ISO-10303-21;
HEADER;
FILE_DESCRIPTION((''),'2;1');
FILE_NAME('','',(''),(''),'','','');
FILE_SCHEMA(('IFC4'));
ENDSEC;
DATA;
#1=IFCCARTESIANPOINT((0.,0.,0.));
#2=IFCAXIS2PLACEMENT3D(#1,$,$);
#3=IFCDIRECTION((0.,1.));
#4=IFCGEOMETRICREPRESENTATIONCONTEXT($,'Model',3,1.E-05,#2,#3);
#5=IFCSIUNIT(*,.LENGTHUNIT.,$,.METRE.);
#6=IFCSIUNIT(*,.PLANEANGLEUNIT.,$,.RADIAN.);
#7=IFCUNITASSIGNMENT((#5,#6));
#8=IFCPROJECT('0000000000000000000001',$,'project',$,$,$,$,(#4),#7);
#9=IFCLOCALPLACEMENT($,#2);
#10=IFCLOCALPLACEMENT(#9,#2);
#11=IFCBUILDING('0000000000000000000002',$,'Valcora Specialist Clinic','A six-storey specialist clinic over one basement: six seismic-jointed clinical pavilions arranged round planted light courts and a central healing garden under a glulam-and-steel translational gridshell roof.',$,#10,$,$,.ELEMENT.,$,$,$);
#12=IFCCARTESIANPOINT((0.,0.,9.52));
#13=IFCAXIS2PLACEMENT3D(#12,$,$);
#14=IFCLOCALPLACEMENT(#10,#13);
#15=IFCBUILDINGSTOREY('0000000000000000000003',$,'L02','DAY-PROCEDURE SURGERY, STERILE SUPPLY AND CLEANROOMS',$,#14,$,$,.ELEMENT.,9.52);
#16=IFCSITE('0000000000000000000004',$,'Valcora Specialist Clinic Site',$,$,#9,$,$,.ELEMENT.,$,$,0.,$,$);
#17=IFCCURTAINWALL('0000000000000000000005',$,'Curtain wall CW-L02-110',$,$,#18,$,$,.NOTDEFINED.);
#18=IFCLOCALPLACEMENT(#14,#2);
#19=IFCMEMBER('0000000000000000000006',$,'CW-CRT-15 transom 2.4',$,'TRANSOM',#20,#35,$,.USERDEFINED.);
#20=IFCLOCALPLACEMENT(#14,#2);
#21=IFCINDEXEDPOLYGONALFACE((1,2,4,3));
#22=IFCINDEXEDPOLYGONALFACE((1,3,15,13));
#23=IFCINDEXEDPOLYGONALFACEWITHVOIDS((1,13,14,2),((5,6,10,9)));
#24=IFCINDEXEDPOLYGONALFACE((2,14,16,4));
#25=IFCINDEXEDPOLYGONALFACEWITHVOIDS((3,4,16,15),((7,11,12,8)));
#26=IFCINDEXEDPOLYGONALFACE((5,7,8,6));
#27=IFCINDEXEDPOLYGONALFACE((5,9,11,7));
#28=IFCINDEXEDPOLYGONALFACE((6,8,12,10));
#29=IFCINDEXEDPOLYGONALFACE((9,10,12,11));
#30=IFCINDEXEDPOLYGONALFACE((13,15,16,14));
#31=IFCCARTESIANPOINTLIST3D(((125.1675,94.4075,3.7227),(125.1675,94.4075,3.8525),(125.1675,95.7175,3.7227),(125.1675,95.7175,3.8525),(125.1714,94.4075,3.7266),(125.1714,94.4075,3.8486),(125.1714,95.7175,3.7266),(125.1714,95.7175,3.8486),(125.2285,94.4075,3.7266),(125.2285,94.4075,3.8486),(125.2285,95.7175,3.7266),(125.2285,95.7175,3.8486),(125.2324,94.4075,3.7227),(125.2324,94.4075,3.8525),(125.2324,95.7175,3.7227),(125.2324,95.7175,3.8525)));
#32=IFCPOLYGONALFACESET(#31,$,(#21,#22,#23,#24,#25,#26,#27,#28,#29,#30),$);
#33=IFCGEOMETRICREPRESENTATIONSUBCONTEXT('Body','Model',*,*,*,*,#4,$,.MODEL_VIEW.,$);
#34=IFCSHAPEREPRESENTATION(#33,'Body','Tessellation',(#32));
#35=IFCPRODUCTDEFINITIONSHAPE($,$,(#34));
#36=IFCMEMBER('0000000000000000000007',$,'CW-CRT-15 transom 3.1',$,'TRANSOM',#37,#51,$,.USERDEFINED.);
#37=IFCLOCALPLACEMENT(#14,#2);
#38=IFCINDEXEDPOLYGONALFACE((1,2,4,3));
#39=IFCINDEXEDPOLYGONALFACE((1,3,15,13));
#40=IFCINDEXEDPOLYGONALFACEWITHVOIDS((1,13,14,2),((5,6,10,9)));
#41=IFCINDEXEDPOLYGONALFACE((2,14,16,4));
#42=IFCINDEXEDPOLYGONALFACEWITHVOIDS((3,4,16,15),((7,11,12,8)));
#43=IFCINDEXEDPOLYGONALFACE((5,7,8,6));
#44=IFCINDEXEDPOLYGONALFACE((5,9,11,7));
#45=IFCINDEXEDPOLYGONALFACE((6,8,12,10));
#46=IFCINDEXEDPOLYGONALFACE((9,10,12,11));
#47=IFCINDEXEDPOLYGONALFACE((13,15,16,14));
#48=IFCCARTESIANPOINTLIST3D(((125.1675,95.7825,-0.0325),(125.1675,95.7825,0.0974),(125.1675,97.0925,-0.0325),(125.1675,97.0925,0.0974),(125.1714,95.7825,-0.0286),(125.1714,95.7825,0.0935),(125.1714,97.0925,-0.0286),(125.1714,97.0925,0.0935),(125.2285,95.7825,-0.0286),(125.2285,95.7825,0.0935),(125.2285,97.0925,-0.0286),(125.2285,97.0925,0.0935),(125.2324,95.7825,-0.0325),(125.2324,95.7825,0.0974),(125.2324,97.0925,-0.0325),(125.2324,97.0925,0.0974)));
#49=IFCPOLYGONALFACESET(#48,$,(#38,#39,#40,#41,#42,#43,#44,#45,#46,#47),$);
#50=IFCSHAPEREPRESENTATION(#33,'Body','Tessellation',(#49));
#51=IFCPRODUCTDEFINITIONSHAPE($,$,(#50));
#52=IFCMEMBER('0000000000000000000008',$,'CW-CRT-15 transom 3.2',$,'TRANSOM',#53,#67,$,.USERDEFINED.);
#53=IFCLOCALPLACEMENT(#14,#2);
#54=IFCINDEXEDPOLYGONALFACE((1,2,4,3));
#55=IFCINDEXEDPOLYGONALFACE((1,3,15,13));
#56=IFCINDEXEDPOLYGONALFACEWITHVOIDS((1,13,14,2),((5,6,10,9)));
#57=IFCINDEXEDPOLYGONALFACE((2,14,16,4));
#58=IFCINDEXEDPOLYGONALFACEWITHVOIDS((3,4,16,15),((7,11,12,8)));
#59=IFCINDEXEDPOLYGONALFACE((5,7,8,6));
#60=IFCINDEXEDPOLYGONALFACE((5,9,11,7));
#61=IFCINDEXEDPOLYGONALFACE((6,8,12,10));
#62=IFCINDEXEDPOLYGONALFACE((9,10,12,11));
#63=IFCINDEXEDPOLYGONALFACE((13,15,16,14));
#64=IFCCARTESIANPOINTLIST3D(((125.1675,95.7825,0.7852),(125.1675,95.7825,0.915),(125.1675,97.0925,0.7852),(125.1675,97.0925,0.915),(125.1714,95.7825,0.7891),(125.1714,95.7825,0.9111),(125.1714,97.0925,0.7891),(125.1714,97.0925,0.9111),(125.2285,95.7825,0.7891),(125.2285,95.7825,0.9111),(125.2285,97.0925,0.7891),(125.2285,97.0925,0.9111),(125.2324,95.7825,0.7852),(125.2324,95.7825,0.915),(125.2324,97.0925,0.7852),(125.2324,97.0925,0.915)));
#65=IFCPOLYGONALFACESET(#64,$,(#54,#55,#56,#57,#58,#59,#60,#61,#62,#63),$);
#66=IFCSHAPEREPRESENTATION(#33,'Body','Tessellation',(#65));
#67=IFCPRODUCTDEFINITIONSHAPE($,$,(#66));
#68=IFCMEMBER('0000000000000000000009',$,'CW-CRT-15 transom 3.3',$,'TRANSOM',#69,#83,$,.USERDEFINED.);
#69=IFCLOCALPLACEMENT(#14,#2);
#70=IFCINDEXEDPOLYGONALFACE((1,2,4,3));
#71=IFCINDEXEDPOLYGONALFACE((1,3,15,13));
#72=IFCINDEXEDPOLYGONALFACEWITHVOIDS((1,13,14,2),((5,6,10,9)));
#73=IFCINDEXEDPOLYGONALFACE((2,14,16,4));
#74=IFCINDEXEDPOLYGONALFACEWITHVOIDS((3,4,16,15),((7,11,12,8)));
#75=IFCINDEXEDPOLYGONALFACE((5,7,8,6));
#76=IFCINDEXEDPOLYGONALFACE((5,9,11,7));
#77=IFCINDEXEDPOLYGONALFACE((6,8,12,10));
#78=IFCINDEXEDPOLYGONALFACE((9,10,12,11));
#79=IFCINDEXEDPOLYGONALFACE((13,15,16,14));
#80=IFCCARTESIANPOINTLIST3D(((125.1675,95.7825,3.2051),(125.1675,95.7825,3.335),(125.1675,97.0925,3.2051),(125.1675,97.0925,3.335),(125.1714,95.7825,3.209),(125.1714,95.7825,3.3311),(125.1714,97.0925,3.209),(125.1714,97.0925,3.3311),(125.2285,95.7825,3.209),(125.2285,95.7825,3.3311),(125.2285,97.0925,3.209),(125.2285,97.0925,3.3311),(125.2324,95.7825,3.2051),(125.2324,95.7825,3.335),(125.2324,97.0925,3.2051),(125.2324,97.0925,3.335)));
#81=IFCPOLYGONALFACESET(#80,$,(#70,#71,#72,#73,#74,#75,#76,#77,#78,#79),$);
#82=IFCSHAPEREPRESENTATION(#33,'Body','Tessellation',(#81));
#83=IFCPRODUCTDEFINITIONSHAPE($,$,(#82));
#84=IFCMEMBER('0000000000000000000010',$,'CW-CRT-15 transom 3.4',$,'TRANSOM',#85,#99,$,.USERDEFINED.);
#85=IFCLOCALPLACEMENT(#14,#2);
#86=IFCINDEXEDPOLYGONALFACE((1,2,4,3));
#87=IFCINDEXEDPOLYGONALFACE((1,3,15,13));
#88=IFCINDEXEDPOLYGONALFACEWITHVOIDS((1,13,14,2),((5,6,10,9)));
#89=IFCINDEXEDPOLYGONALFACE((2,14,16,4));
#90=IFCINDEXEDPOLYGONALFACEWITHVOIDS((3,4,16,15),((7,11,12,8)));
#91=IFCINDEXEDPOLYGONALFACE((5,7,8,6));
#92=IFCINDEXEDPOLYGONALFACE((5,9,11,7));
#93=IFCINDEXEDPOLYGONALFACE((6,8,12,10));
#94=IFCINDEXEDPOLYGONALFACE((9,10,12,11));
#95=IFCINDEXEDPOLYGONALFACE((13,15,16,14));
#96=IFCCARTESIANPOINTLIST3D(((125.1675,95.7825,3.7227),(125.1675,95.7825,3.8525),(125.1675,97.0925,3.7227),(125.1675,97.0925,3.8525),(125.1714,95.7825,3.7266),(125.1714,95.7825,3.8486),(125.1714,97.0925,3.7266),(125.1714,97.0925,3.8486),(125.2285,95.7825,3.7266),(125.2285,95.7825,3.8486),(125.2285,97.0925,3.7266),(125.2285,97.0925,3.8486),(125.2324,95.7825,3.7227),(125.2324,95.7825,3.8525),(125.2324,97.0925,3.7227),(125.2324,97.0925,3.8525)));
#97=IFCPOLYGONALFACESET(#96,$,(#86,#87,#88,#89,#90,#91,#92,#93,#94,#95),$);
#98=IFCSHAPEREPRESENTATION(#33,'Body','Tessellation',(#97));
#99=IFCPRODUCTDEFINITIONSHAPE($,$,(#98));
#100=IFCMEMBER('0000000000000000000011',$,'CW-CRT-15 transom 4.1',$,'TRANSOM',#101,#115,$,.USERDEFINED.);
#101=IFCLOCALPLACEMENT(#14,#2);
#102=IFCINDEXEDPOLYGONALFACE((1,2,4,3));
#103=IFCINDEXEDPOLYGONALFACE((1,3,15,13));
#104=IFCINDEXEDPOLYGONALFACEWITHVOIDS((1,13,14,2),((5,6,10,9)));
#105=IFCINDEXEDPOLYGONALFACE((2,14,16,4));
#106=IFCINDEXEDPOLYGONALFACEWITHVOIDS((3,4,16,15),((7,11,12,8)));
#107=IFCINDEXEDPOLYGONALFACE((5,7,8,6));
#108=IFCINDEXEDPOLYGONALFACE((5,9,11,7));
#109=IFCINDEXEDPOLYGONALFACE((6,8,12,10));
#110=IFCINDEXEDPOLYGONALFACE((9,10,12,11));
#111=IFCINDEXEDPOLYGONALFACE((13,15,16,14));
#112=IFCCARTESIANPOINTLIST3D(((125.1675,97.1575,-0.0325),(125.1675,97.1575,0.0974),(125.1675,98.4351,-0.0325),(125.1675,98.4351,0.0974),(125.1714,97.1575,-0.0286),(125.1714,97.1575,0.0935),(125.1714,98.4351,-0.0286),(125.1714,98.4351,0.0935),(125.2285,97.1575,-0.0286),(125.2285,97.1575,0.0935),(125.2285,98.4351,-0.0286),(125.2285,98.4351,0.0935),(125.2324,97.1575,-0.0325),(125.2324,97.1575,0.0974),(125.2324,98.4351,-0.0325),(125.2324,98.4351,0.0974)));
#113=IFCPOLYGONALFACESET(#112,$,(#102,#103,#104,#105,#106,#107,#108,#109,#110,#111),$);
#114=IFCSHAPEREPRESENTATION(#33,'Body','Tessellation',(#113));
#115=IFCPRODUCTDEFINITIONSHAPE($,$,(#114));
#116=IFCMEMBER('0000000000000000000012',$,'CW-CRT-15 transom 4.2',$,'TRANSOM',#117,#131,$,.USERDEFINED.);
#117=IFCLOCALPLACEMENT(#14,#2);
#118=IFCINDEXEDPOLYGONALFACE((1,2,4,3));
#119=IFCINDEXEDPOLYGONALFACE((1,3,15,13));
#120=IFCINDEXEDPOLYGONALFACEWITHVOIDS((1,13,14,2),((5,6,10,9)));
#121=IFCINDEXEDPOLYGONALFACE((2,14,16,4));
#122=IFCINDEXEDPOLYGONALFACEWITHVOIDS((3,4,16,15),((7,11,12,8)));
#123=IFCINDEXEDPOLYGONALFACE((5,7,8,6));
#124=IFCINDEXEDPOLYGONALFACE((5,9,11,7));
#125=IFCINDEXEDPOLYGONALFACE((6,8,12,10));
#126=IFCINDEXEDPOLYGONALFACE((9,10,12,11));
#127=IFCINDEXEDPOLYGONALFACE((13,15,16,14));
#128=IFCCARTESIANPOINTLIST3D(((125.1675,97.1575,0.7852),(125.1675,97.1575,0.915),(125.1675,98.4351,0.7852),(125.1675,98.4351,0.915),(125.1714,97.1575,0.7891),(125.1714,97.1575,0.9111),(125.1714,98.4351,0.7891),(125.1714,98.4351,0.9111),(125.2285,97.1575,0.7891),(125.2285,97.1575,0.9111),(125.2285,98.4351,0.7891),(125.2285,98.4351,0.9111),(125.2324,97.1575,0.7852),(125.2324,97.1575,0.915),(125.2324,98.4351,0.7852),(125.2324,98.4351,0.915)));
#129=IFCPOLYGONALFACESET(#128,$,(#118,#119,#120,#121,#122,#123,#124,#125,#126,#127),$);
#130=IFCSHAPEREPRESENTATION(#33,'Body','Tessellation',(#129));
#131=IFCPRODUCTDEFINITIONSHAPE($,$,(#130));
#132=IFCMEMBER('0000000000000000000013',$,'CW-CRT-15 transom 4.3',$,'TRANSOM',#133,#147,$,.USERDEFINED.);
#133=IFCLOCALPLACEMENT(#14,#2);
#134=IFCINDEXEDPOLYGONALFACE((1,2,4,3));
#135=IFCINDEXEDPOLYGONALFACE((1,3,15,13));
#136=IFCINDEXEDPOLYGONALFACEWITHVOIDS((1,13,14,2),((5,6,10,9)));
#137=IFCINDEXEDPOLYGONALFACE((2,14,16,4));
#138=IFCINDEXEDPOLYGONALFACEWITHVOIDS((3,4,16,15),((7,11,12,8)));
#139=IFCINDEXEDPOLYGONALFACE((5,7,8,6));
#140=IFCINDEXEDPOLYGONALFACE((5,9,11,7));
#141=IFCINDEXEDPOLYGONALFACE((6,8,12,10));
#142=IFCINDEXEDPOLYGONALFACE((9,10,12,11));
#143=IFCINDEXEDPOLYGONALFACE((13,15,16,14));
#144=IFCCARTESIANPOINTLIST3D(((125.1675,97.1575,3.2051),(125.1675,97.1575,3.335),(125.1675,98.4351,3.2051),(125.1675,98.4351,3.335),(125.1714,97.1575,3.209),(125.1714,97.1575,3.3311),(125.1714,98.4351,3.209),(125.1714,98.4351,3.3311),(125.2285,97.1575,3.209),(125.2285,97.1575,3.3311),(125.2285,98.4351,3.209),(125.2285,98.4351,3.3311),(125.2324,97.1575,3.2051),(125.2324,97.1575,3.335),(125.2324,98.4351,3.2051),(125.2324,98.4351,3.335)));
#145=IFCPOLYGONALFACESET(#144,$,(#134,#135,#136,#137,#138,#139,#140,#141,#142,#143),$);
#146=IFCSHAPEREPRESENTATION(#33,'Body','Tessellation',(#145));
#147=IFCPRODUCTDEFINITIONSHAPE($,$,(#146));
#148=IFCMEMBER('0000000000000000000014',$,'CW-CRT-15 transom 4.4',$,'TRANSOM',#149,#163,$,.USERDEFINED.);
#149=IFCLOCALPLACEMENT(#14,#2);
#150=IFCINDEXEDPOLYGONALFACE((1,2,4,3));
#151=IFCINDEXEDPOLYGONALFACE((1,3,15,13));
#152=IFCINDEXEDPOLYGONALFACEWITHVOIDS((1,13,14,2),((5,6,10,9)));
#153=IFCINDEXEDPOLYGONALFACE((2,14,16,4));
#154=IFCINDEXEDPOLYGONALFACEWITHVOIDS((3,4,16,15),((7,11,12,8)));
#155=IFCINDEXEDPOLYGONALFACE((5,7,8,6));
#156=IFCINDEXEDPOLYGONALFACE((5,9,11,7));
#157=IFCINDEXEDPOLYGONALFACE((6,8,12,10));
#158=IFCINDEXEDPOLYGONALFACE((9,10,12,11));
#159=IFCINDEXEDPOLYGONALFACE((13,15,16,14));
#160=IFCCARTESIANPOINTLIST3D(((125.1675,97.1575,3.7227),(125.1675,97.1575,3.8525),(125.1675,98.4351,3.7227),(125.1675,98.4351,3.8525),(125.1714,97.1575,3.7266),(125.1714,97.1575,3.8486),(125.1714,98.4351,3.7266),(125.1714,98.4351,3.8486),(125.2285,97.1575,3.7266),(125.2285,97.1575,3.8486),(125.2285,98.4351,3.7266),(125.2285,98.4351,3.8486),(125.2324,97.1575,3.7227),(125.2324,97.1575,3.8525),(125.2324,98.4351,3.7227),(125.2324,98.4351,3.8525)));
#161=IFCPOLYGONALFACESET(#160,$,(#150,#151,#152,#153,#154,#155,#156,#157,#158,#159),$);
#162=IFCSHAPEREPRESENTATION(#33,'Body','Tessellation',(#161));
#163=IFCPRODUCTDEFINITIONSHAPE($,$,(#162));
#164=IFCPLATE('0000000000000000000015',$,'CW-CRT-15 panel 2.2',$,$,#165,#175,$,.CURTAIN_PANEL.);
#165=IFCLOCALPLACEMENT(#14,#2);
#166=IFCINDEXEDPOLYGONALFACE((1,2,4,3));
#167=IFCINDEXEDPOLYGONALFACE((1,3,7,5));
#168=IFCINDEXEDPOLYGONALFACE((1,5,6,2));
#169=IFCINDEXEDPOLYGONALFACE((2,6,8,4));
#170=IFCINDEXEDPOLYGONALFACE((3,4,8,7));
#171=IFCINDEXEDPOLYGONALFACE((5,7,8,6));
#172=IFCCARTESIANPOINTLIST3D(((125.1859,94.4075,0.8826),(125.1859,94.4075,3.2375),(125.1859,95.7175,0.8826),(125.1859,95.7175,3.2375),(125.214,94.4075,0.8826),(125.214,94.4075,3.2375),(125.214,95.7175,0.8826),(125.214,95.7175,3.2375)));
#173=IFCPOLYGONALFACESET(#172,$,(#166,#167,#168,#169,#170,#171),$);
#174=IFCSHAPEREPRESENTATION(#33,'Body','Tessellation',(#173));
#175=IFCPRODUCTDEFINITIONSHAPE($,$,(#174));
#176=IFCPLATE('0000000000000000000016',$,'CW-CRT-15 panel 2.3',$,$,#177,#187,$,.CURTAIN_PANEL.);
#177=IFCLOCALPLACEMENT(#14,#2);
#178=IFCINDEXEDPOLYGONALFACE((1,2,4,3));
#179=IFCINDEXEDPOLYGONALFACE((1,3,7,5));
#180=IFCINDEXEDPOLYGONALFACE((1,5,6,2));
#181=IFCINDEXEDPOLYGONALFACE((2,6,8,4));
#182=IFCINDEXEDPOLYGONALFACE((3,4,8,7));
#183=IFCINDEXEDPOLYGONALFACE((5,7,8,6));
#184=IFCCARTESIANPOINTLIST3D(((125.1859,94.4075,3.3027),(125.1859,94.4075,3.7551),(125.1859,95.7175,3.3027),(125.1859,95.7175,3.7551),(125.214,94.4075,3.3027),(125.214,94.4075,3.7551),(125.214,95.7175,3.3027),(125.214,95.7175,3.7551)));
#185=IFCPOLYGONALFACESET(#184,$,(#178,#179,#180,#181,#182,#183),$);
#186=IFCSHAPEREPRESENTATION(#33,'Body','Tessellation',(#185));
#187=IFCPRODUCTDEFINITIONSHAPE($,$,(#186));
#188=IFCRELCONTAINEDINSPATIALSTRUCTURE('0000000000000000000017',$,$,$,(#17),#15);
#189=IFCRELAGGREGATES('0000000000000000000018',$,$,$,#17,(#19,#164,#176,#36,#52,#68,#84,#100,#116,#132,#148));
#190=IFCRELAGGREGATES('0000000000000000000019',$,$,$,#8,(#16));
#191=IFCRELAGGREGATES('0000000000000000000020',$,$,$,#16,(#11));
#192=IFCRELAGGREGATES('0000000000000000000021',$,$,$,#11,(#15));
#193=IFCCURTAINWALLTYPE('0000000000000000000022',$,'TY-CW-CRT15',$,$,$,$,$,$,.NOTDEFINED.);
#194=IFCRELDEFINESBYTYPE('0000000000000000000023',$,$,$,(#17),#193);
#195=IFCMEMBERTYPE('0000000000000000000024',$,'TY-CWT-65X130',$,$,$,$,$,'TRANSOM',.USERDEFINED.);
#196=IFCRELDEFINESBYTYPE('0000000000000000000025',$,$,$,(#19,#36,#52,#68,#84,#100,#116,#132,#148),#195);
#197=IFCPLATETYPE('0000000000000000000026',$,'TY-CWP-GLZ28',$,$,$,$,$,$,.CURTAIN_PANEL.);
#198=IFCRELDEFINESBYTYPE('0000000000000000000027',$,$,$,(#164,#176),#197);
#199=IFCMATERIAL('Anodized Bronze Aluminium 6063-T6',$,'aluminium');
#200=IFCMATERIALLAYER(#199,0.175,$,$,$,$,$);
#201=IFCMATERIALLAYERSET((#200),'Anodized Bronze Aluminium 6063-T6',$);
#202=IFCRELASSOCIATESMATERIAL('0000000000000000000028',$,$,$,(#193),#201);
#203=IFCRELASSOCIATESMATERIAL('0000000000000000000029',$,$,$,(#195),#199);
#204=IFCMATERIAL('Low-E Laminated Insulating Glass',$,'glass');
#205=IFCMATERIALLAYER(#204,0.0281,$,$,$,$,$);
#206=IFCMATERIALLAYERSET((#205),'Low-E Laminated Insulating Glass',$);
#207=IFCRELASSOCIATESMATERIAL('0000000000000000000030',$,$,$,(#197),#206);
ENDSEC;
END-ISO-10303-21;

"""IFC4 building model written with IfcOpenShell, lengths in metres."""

from ifc_helpers import new_model, si_unit, direction, frame, origin, origin_2d, place, context, subcontext, project, spatial, rectangle, hollow_rectangle, extrude, material, layer, layer_set, material_profile, profile_set, type_object, element, aggregate, save


model = new_model("IFC4")

# Units and contexts
model_context = context("Model", 3, precision=1e-05, world=origin(), true_north=direction((0.0, 1.0)))
body_context = subcontext(model_context, "Body", "Model", "MODEL_VIEW")
ifc_project = project(units=[si_unit("LENGTHUNIT", "METRE"), si_unit("PLANEANGLEUNIT", "RADIAN")], contexts=[model_context])

# Site, building, storey
site_placement = place(None, origin())
site = spatial("IfcSite", under=ifc_project, at=site_placement, Name="Valcora Specialist Clinic Site", CompositionType="ELEMENT", RefElevation=0.0)
building_placement = place(site_placement, origin())
building = spatial("IfcBuilding", under=site, at=building_placement, Name="Valcora Specialist Clinic", Description="A six-storey specialist clinic over one basement: six seismic-jointed clinical pavilions arranged round planted light courts and a central healing garden under a glulam-and-steel translational gridshell roof.", CompositionType="ELEMENT")
storey_placement = place(building_placement, frame((0.0, 0.0, 9.52)))
storey = spatial("IfcBuildingStorey", under=building, at=storey_placement, Name="L02", Description="DAY-PROCEDURE SURGERY, STERILE SUPPLY AND CLEANROOMS", CompositionType="ELEMENT", Elevation=9.52)

# Curtain wall, members, plates
ifc_material_1 = material(Name="Anodized Bronze Aluminium 6063-T6", Category="aluminium")
ifc_layer_1 = layer(ifc_material_1, 0.175)
ifc_layer_set_1 = layer_set([ifc_layer_1], Name="Anodized Bronze Aluminium 6063-T6")
curtain_wall_type = type_object("IfcCurtainWallType", Name="TY-CW-CRT15", PredefinedType="NOTDEFINED", material=ifc_layer_set_1)
curtain_wall_placement = place(storey_placement, origin())
curtain_wall = element("IfcCurtainWall", 1, at=curtain_wall_placement, inside=storey, type_object=curtain_wall_type, Name="Curtain wall CW-L02-110", PredefinedType="NOTDEFINED")
ifc_material_profile_1 = material_profile(ifc_material_1, hollow_rectangle(XDim=0.0649, YDim=0.1299, WallThickness=0.0039, at=origin_2d()), Name="AL-TRN-65X130")
ifc_profile_set_1 = profile_set([ifc_material_profile_1], Name="Anodized Bronze Aluminium 6063-T6")
member_type_1 = type_object("IfcMemberType", Name="TY-CWT-65X130", ElementType="TRANSOM", PredefinedType="USERDEFINED", material=ifc_profile_set_1)
member_1_placement = place(storey_placement, frame((125.2, 94.4075, 3.7876), z_axis=(0.0, 1.0, 0.0), x_axis=(-1.0, 0.0, 0.0)))
member_1 = element("IfcMember", 2, at=member_1_placement, type_object=member_type_1, Name="CW-CRT-15 transom 2.4", ObjectType="TRANSOM", PredefinedType="USERDEFINED", context=body_context, shape_type="SweptSolid", body=[
    extrude(hollow_rectangle(XDim=0.0649, YDim=0.1299, WallThickness=0.0039, at=origin_2d()), origin(), (0.0, 0.0, 1.0), 1.3101),
])
member_2_placement = place(storey_placement, frame((125.2, 95.7825, 0.0325), z_axis=(0.0, 1.0, 0.0), x_axis=(-1.0, 0.0, 0.0)))
member_2 = element("IfcMember", 3, at=member_2_placement, type_object=member_type_1, Name="CW-CRT-15 transom 3.1", ObjectType="TRANSOM", PredefinedType="USERDEFINED", context=body_context, shape_type="SweptSolid", body=[
    extrude(hollow_rectangle(XDim=0.0649, YDim=0.1299, WallThickness=0.0039, at=origin_2d()), origin(), (0.0, 0.0, 1.0), 1.3101),
])
member_3_placement = place(storey_placement, frame((125.2, 95.7825, 0.8501), z_axis=(0.0, 1.0, 0.0), x_axis=(-1.0, 0.0, 0.0)))
member_3 = element("IfcMember", 4, at=member_3_placement, type_object=member_type_1, Name="CW-CRT-15 transom 3.2", ObjectType="TRANSOM", PredefinedType="USERDEFINED", context=body_context, shape_type="SweptSolid", body=[
    extrude(hollow_rectangle(XDim=0.0649, YDim=0.1299, WallThickness=0.0039, at=origin_2d()), origin(), (0.0, 0.0, 1.0), 1.3101),
])
member_4_placement = place(storey_placement, frame((125.2, 95.7825, 3.27), z_axis=(0.0, 1.0, 0.0), x_axis=(-1.0, 0.0, 0.0)))
member_4 = element("IfcMember", 5, at=member_4_placement, type_object=member_type_1, Name="CW-CRT-15 transom 3.3", ObjectType="TRANSOM", PredefinedType="USERDEFINED", context=body_context, shape_type="SweptSolid", body=[
    extrude(hollow_rectangle(XDim=0.0649, YDim=0.1299, WallThickness=0.0039, at=origin_2d()), origin(), (0.0, 0.0, 1.0), 1.3101),
])
member_5_placement = place(storey_placement, frame((125.2, 95.7825, 3.7876), z_axis=(0.0, 1.0, 0.0), x_axis=(-1.0, 0.0, 0.0)))
member_5 = element("IfcMember", 6, at=member_5_placement, type_object=member_type_1, Name="CW-CRT-15 transom 3.4", ObjectType="TRANSOM", PredefinedType="USERDEFINED", context=body_context, shape_type="SweptSolid", body=[
    extrude(hollow_rectangle(XDim=0.0649, YDim=0.1299, WallThickness=0.0039, at=origin_2d()), origin(), (0.0, 0.0, 1.0), 1.3101),
])
member_6_placement = place(storey_placement, frame((125.2, 97.1575, 0.0325), z_axis=(0.0, 1.0, 0.0), x_axis=(-1.0, 0.0, 0.0)))
member_6 = element("IfcMember", 7, at=member_6_placement, type_object=member_type_1, Name="CW-CRT-15 transom 4.1", ObjectType="TRANSOM", PredefinedType="USERDEFINED", context=body_context, shape_type="SweptSolid", body=[
    extrude(hollow_rectangle(XDim=0.0649, YDim=0.1299, WallThickness=0.0039, at=origin_2d()), origin(), (0.0, 0.0, 1.0), 1.2776),
])
member_7_placement = place(storey_placement, frame((125.2, 97.1575, 0.8501), z_axis=(0.0, 1.0, 0.0), x_axis=(-1.0, 0.0, 0.0)))
member_7 = element("IfcMember", 8, at=member_7_placement, type_object=member_type_1, Name="CW-CRT-15 transom 4.2", ObjectType="TRANSOM", PredefinedType="USERDEFINED", context=body_context, shape_type="SweptSolid", body=[
    extrude(hollow_rectangle(XDim=0.0649, YDim=0.1299, WallThickness=0.0039, at=origin_2d()), origin(), (0.0, 0.0, 1.0), 1.2776),
])
member_8_placement = place(storey_placement, frame((125.2, 97.1575, 3.27), z_axis=(0.0, 1.0, 0.0), x_axis=(-1.0, 0.0, 0.0)))
member_8 = element("IfcMember", 9, at=member_8_placement, type_object=member_type_1, Name="CW-CRT-15 transom 4.3", ObjectType="TRANSOM", PredefinedType="USERDEFINED", context=body_context, shape_type="SweptSolid", body=[
    extrude(hollow_rectangle(XDim=0.0649, YDim=0.1299, WallThickness=0.0039, at=origin_2d()), origin(), (0.0, 0.0, 1.0), 1.2776),
])
member_9_placement = place(storey_placement, frame((125.2, 97.1575, 3.7876), z_axis=(0.0, 1.0, 0.0), x_axis=(-1.0, 0.0, 0.0)))
member_9 = element("IfcMember", 10, at=member_9_placement, type_object=member_type_1, Name="CW-CRT-15 transom 4.4", ObjectType="TRANSOM", PredefinedType="USERDEFINED", context=body_context, shape_type="SweptSolid", body=[
    extrude(hollow_rectangle(XDim=0.0649, YDim=0.1299, WallThickness=0.0039, at=origin_2d()), origin(), (0.0, 0.0, 1.0), 1.2776),
])
ifc_material_2 = material(Name="Low-E Laminated Insulating Glass", Category="glass")
ifc_layer_2 = layer(ifc_material_2, 0.0281)
ifc_layer_set_2 = layer_set([ifc_layer_2], Name="Low-E Laminated Insulating Glass")
plate_type_1 = type_object("IfcPlateType", Name="TY-CWP-GLZ28", PredefinedType="CURTAIN_PANEL", material=ifc_layer_set_2)
plate_1_placement = place(storey_placement, frame((125.2, 95.0625, 0.8826), z_axis=(0.0, 0.0, 1.0), x_axis=(0.0, 1.0, 0.0)))
plate_1 = element("IfcPlate", 11, at=plate_1_placement, type_object=plate_type_1, Name="CW-CRT-15 panel 2.2", PredefinedType="CURTAIN_PANEL", context=body_context, shape_type="SweptSolid", body=[
    extrude(rectangle(XDim=1.3101, YDim=0.0281, at=origin_2d()), origin(), (0.0, 0.0, 1.0), 2.355),
])
plate_2_placement = place(storey_placement, frame((125.2, 95.0625, 3.3027), z_axis=(0.0, 0.0, 1.0), x_axis=(0.0, 1.0, 0.0)))
plate_2 = element("IfcPlate", 12, at=plate_2_placement, type_object=plate_type_1, Name="CW-CRT-15 panel 2.3", PredefinedType="CURTAIN_PANEL", context=body_context, shape_type="SweptSolid", body=[
    extrude(rectangle(XDim=1.3101, YDim=0.0281, at=origin_2d()), origin(), (0.0, 0.0, 1.0), 0.4524),
])
aggregate(curtain_wall, [member_1, plate_1, plate_2, member_2, member_3, member_4, member_5, member_6, member_7, member_8, member_9])

save(model, "model.ifc")
